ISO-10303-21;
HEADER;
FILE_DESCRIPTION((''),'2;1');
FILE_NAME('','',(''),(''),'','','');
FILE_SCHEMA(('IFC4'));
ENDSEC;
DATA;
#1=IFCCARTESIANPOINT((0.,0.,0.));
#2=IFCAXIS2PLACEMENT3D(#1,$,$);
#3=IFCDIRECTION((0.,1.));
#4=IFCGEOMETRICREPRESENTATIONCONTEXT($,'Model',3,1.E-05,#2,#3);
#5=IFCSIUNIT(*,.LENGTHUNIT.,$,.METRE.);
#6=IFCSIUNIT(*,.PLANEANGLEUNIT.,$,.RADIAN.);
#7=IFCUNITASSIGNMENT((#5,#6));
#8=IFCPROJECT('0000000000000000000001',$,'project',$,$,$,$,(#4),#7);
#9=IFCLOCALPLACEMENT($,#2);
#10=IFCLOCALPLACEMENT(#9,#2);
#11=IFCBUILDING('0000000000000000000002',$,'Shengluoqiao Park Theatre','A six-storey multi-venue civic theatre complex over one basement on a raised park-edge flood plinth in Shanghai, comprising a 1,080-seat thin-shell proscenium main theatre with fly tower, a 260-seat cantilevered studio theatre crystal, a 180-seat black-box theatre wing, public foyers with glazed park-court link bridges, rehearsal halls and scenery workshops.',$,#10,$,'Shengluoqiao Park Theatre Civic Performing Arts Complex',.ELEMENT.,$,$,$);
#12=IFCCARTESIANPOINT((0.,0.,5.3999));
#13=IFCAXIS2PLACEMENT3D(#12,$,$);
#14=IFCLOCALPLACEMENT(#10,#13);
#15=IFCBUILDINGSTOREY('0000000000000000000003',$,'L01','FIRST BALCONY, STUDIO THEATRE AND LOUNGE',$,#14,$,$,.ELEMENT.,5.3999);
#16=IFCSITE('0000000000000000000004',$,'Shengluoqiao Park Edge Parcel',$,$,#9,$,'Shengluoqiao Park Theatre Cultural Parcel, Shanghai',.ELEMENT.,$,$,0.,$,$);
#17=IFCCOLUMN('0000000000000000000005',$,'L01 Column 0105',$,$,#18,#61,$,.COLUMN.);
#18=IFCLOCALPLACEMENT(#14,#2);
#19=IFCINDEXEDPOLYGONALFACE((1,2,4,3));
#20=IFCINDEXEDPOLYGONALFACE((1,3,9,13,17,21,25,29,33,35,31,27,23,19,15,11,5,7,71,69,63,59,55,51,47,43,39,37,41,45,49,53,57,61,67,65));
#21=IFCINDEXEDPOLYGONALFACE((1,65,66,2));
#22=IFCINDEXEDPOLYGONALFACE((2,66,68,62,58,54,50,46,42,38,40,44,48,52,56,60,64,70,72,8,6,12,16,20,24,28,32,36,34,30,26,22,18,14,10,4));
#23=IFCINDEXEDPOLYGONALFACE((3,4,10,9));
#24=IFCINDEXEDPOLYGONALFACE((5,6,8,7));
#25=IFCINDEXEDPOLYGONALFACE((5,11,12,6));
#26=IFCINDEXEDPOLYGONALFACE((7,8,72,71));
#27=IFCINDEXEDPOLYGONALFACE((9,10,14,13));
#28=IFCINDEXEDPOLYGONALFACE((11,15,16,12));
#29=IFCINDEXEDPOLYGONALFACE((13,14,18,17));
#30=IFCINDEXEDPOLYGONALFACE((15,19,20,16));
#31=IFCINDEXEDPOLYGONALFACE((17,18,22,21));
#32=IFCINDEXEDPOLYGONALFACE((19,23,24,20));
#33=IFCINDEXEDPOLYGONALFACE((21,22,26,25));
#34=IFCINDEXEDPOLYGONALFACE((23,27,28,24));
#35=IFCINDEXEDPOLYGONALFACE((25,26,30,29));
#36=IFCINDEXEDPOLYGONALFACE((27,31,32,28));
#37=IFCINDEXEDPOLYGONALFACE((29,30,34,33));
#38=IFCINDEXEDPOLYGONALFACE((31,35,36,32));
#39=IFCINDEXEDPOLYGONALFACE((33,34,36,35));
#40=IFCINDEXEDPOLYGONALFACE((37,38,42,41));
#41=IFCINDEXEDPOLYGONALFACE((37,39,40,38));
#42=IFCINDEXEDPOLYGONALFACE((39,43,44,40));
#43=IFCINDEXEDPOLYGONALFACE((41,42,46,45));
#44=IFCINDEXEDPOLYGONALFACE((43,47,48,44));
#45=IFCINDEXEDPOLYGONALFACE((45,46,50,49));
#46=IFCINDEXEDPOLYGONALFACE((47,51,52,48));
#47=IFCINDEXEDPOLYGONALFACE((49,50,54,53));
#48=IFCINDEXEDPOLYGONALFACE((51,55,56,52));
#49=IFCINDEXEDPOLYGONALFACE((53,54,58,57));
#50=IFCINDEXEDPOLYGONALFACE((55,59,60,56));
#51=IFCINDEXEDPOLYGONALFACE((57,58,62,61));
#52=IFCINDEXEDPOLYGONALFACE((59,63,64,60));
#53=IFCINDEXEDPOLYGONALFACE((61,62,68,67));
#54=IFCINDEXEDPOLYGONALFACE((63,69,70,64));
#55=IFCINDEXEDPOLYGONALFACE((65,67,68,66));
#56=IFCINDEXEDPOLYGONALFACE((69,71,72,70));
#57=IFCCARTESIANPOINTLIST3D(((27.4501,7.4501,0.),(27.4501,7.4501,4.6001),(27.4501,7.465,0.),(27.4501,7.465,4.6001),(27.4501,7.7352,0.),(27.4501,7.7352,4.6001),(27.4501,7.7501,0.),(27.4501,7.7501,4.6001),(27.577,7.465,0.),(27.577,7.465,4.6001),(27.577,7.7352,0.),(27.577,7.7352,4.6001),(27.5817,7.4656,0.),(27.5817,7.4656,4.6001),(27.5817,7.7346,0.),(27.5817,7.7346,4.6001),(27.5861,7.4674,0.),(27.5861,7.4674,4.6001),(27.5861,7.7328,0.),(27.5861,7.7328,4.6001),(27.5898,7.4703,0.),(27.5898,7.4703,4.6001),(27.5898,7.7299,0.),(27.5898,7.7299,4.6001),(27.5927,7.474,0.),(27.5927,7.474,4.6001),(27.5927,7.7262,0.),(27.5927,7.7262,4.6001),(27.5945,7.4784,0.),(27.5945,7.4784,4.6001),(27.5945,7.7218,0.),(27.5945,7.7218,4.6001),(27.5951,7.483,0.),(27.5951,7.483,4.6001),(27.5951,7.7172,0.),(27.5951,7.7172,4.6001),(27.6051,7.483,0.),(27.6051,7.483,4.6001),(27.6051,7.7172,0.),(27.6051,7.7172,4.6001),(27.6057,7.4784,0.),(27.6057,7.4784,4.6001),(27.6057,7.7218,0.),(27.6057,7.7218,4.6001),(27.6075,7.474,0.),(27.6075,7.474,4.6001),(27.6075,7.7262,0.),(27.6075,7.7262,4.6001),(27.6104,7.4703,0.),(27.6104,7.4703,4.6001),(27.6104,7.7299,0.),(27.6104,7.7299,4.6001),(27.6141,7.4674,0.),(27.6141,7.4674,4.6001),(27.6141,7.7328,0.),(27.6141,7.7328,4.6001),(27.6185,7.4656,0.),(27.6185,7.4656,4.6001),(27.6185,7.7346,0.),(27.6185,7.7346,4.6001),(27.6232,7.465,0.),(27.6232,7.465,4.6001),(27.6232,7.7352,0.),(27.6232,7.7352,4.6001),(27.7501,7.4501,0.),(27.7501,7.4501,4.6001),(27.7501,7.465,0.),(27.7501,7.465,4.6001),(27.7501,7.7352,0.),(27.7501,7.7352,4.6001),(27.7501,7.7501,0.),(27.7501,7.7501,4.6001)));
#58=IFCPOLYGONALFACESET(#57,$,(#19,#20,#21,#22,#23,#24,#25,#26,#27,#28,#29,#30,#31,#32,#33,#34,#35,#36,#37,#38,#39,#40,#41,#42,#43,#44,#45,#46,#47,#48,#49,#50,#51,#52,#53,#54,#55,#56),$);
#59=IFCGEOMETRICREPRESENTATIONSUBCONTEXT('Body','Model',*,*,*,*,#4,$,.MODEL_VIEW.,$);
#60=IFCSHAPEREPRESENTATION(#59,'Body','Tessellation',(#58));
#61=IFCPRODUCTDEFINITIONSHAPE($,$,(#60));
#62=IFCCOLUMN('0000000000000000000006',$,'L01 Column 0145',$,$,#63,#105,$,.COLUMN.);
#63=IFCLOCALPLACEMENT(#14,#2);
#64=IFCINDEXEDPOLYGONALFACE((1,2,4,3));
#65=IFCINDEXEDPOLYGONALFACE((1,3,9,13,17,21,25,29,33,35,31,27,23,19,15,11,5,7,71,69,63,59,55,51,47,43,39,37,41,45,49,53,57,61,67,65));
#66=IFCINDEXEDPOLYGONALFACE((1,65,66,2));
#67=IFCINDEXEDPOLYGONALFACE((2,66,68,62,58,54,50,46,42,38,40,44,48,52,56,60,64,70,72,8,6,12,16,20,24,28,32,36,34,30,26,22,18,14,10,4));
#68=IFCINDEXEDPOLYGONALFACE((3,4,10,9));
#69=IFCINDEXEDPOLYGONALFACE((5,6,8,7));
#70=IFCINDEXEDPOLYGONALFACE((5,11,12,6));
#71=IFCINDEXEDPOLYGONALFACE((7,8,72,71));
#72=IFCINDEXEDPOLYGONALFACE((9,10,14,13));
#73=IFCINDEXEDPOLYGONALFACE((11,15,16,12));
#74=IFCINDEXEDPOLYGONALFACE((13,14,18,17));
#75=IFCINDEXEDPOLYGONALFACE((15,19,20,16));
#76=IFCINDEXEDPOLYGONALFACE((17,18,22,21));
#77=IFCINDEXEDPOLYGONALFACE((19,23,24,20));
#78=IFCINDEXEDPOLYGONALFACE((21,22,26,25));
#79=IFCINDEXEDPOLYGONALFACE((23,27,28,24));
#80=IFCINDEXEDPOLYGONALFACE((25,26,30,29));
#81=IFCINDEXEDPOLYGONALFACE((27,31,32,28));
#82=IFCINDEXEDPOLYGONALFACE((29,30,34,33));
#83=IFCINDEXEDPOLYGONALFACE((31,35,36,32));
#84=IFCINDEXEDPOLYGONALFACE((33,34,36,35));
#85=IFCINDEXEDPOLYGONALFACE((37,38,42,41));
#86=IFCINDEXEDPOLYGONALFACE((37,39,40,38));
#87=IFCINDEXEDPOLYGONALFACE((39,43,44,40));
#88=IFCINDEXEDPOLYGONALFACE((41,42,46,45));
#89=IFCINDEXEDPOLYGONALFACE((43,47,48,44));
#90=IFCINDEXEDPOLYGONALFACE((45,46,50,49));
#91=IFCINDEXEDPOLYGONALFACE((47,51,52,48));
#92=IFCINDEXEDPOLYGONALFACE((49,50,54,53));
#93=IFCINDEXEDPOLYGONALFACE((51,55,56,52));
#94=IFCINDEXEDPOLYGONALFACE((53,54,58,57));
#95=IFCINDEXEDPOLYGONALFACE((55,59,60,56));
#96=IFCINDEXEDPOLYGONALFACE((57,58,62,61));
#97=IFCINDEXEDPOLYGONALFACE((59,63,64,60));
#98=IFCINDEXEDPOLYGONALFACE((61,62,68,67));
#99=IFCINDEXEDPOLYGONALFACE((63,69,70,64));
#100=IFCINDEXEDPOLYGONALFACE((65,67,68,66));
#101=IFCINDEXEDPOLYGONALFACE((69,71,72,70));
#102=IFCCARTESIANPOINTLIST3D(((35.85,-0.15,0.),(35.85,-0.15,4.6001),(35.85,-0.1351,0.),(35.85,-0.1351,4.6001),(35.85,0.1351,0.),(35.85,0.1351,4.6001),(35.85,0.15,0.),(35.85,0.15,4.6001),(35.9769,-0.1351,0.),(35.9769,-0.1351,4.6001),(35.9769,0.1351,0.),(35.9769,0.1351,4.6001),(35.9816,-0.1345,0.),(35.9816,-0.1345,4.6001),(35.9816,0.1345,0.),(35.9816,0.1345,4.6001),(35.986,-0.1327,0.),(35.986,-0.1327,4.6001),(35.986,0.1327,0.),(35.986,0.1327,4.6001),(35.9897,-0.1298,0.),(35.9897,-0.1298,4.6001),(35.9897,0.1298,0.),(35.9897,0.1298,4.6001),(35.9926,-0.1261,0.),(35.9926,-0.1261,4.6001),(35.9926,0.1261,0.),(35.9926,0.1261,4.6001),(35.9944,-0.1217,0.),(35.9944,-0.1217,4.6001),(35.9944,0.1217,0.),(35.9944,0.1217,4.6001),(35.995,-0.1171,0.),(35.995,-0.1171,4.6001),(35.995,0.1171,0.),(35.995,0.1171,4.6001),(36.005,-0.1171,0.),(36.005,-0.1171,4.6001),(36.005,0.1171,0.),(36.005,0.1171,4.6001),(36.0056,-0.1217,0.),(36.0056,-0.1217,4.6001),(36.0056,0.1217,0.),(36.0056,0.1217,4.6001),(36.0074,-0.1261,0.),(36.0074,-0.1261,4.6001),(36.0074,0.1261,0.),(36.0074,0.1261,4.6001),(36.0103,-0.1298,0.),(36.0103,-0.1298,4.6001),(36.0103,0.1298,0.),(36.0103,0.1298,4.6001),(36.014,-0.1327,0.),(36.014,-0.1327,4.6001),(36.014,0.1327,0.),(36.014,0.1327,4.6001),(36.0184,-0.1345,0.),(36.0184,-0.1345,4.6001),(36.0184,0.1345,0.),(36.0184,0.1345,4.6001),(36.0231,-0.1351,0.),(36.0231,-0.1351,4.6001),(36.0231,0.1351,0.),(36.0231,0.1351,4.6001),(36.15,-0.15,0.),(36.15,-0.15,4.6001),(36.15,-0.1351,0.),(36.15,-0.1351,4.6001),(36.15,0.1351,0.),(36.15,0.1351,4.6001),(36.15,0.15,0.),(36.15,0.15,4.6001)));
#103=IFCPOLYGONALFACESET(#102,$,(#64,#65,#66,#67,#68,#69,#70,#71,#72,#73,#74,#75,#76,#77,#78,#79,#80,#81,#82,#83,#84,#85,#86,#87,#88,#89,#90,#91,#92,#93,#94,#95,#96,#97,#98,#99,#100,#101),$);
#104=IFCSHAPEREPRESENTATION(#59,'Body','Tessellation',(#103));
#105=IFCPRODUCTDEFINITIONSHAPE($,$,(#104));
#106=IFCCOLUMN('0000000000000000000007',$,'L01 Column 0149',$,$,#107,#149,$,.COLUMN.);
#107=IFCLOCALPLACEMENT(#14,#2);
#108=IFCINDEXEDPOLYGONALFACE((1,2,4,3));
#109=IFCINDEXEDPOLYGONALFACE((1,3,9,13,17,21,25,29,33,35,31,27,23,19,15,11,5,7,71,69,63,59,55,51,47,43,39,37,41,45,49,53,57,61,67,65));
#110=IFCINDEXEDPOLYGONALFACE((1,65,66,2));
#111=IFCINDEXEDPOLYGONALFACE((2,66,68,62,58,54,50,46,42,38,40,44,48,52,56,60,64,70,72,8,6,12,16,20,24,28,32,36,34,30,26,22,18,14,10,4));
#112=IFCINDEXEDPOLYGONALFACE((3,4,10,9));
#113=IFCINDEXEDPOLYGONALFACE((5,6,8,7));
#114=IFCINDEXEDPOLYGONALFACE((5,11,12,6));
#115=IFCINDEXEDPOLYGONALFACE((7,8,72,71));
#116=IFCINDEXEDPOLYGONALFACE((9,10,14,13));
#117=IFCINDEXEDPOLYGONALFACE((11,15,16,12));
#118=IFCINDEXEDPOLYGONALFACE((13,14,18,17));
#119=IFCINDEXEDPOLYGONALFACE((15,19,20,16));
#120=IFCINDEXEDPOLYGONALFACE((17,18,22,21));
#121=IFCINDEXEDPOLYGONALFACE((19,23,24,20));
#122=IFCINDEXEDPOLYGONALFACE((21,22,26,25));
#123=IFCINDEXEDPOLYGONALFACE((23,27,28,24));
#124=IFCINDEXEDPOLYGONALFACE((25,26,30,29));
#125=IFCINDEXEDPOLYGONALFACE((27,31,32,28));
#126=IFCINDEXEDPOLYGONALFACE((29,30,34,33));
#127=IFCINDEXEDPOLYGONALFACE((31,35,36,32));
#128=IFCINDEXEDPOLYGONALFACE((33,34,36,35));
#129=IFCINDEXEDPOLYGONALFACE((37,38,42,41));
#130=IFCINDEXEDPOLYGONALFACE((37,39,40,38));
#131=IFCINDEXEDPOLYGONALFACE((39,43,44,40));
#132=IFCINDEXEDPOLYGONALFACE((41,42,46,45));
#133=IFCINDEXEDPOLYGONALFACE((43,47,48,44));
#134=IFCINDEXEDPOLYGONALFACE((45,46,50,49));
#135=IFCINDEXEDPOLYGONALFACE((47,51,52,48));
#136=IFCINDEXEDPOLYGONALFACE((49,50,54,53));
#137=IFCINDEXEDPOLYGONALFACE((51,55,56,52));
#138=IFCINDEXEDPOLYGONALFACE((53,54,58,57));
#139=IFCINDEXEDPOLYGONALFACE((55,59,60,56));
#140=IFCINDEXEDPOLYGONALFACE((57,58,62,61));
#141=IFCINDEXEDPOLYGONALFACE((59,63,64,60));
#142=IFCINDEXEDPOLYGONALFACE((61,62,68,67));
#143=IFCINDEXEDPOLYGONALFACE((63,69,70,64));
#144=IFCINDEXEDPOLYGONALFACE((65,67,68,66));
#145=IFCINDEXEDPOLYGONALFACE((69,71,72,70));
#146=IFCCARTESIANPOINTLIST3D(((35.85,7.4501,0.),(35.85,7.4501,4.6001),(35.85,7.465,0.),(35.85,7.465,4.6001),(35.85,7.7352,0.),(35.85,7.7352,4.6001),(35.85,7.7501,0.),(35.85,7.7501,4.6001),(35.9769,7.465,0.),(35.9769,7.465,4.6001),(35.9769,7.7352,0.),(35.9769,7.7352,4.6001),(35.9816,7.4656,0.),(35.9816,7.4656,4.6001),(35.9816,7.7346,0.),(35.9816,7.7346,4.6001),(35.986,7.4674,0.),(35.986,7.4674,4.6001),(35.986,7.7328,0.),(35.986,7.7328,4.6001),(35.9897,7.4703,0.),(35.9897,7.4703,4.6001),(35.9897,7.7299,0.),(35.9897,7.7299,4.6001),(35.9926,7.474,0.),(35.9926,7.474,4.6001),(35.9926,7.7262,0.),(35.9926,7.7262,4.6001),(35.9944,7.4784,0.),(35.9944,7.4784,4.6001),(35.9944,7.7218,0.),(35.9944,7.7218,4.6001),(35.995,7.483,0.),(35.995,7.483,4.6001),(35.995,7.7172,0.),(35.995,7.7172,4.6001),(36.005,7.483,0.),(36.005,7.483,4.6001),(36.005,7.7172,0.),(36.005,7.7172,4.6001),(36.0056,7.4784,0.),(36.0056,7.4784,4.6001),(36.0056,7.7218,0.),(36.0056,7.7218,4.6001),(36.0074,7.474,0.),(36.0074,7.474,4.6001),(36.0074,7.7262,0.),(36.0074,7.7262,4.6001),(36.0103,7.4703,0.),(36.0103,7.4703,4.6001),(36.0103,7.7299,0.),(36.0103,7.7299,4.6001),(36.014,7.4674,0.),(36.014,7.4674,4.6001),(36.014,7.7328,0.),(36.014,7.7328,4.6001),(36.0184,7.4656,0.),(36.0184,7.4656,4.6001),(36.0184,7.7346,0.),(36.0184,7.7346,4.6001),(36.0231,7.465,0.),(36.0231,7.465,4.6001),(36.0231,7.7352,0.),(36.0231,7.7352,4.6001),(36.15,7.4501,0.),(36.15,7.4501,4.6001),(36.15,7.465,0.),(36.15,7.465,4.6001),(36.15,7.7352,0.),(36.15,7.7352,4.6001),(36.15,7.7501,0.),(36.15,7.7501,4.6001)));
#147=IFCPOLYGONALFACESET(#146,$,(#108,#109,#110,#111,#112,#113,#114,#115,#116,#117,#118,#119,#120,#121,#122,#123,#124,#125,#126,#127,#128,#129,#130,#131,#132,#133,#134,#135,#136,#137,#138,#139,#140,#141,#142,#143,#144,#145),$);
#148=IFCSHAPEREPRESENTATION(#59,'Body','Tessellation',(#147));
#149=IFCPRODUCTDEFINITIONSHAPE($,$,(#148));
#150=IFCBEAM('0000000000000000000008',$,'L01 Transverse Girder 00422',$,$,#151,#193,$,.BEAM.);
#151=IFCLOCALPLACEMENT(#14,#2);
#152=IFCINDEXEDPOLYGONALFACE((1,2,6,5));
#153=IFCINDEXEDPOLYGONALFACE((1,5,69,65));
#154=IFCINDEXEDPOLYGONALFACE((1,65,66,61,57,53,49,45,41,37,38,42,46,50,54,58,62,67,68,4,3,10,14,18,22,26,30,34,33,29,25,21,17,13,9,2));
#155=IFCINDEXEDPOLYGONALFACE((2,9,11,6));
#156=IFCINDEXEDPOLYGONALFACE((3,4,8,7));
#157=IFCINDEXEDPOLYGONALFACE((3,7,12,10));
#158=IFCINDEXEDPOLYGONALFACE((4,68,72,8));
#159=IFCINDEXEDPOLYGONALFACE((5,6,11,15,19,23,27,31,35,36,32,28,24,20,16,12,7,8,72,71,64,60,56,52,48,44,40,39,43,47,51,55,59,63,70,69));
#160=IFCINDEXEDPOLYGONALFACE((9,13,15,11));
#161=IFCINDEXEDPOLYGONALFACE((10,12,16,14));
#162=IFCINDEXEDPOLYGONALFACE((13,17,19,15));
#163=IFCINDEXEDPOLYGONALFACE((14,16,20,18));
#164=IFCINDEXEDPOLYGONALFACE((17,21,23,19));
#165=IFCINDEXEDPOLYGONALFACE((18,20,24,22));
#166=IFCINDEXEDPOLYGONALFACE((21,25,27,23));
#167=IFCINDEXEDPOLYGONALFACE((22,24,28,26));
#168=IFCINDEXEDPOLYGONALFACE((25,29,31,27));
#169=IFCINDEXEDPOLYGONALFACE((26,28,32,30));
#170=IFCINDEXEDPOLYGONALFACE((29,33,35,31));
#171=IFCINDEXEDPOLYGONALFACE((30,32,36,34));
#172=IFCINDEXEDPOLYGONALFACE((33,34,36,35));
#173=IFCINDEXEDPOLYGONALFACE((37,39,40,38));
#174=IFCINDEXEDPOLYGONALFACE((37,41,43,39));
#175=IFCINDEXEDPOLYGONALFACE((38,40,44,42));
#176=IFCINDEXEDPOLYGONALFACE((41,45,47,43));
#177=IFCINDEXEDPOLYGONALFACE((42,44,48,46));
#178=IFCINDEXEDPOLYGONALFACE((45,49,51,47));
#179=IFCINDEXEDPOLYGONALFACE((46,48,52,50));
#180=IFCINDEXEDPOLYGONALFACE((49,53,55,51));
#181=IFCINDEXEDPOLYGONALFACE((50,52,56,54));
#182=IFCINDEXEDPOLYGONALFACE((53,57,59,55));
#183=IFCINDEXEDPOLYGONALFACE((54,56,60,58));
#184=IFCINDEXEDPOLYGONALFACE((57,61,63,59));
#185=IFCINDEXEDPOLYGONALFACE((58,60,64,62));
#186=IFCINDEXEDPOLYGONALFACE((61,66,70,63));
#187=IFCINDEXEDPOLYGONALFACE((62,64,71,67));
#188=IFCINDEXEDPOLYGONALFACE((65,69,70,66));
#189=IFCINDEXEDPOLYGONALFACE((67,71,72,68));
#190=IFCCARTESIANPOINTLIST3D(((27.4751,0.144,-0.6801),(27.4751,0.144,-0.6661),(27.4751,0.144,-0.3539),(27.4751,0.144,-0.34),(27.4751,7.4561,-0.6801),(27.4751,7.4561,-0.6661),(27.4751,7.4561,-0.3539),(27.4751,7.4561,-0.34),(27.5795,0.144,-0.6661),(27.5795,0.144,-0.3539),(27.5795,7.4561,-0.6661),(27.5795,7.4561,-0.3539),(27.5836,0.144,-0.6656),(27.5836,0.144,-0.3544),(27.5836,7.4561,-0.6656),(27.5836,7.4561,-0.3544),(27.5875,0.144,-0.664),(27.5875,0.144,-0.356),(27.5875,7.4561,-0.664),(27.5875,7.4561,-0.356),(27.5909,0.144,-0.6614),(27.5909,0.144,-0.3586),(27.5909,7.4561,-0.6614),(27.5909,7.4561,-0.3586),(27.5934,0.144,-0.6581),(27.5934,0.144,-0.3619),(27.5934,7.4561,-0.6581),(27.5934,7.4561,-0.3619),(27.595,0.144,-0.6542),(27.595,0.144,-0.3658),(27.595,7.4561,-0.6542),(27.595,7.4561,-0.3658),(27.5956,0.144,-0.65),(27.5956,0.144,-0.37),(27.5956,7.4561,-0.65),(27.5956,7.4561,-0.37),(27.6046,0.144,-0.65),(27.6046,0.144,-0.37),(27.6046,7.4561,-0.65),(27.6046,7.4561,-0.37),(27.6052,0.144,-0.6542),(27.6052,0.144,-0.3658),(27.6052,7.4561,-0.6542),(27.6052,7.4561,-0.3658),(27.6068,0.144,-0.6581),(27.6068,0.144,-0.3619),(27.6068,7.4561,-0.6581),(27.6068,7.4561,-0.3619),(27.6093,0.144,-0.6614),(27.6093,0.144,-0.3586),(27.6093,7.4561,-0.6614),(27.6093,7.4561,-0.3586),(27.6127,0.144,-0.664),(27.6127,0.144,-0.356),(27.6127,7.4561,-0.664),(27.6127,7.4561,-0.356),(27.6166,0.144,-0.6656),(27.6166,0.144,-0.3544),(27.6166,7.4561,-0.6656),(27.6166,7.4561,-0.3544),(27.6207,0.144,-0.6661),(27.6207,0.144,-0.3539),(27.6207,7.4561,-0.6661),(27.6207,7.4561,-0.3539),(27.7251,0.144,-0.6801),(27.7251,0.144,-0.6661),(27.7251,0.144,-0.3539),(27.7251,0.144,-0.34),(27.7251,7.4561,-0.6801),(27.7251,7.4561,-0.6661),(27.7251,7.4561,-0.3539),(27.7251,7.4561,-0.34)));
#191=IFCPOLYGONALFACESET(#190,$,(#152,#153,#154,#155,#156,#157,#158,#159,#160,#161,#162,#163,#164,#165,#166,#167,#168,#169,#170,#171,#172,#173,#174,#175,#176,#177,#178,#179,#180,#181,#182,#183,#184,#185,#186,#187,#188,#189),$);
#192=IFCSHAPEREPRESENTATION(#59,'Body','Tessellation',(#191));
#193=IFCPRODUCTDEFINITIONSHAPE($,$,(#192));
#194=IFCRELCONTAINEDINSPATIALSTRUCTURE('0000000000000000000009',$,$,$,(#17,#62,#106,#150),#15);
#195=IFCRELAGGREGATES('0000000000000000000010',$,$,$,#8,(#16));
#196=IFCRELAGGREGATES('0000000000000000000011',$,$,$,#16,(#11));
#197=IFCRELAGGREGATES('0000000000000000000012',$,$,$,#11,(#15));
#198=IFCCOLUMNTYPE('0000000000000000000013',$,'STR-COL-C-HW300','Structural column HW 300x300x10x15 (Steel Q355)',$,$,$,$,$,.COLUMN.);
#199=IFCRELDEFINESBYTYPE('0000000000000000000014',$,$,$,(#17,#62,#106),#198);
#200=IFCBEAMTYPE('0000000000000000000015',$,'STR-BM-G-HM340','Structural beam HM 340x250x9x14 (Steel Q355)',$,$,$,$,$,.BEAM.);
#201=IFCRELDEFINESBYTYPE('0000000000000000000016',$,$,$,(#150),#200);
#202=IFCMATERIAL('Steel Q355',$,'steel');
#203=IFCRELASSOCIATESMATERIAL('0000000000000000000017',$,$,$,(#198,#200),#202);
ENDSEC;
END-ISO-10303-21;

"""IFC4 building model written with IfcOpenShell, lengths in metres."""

from ifc_helpers import new_model, si_unit, direction, frame, origin, origin_2d, place, context, subcontext, project, spatial, i_section, extrude, material, material_profile, profile_set, type_object, element, save


model = new_model("IFC4")

# Units and contexts
model_context = context("Model", 3, precision=1e-05, world=origin(), true_north=direction((0.0, 1.0)))
body_context = subcontext(model_context, "Body", "Model", "MODEL_VIEW")
ifc_project = project(units=[si_unit("LENGTHUNIT", "METRE"), si_unit("PLANEANGLEUNIT", "RADIAN")], contexts=[model_context])

# Site, building, storey
site_placement = place(None, origin())
site = spatial("IfcSite", under=ifc_project, at=site_placement, Name="Shengluoqiao Park Edge Parcel", LongName="Shengluoqiao Park Theatre Cultural Parcel, Shanghai", CompositionType="ELEMENT", RefElevation=0.0)
building_placement = place(site_placement, origin())
building = spatial("IfcBuilding", under=site, at=building_placement, Name="Shengluoqiao Park Theatre", Description="A six-storey multi-venue civic theatre complex over one basement on a raised park-edge flood plinth in Shanghai, comprising a 1,080-seat thin-shell proscenium main theatre with fly tower, a 260-seat cantilevered studio theatre crystal, a 180-seat black-box theatre wing, public foyers with glazed park-court link bridges, rehearsal halls and scenery workshops.", LongName="Shengluoqiao Park Theatre Civic Performing Arts Complex", CompositionType="ELEMENT")
storey_placement = place(building_placement, frame((0.0, 0.0, 5.3999)))
storey = spatial("IfcBuildingStorey", under=building, at=storey_placement, Name="L01", Description="FIRST BALCONY, STUDIO THEATRE AND LOUNGE", CompositionType="ELEMENT", Elevation=5.3999)

# Columns
ifc_material_1 = material(Name="Steel Q355", Category="steel")
ifc_material_profile_1 = material_profile(ifc_material_1, i_section(OverallWidth=0.3, OverallDepth=0.3, WebThickness=0.01, FlangeThickness=0.0149, FilletRadius=0.0181, at=origin_2d()), Name="HW 300x300x10x15")
ifc_profile_set_1 = profile_set([ifc_material_profile_1], Name="Steel Q355")
column_type_1 = type_object("IfcColumnType", Name="STR-COL-C-HW300", Description="Structural column HW 300x300x10x15 (Steel Q355)", PredefinedType="COLUMN", material=ifc_profile_set_1)
for number, where, z_axis, x_axis, name in (
    (1, (27.6001, 7.6001, 0.0), (0.0, 0.0, 1.0), (1.0, 0.0, 0.0), "L01 Column 0105"),
    (2, (36.0, 0.0, 0.0), (0.0, 0.0, 1.0), (1.0, 0.0, 0.0), "L01 Column 0145"),
    (3, (36.0, 7.6001, 0.0), (0.0, 0.0, 1.0), (1.0, 0.0, 0.0), "L01 Column 0149"),
):
    element("IfcColumn", number, at=place(storey_placement, frame(where, z_axis=z_axis, x_axis=x_axis)), inside=storey, type_object=column_type_1, Name=name, PredefinedType="COLUMN", context=body_context, shape_type="SweptSolid", body=[
        extrude(i_section(OverallWidth=0.3, OverallDepth=0.3, WebThickness=0.01, FlangeThickness=0.0149, FilletRadius=0.0181, at=origin_2d()), origin(), (0.0, 0.0, 1.0), 4.6001),
    ])

# Beam
ifc_material_profile_2 = material_profile(ifc_material_1, i_section(OverallWidth=0.25, OverallDepth=0.3401, WebThickness=0.009, FlangeThickness=0.0139, FilletRadius=0.0161, at=origin_2d()), Name="HM 340x250x9x14")
ifc_profile_set_2 = profile_set([ifc_material_profile_2], Name="Steel Q355")
beam_type_1 = type_object("IfcBeamType", Name="STR-BM-G-HM340", Description="Structural beam HM 340x250x9x14 (Steel Q355)", PredefinedType="BEAM", material=ifc_profile_set_2)
for number, where, z_axis, x_axis, name in (
    (4, (27.6001, 0.144, -0.51), (0.0, 1.0, 0.0), (-1.0, 0.0, 0.0), "L01 Transverse Girder 00422"),
):
    element("IfcBeam", number, at=place(storey_placement, frame(where, z_axis=z_axis, x_axis=x_axis)), inside=storey, type_object=beam_type_1, Name=name, PredefinedType="BEAM", context=body_context, shape_type="SweptSolid", body=[
        extrude(i_section(OverallWidth=0.25, OverallDepth=0.3401, WebThickness=0.009, FlangeThickness=0.0139, FilletRadius=0.0161, at=origin_2d()), origin(), (0.0, 0.0, 1.0), 7.312),
    ])

save(model, "model.ifc")
